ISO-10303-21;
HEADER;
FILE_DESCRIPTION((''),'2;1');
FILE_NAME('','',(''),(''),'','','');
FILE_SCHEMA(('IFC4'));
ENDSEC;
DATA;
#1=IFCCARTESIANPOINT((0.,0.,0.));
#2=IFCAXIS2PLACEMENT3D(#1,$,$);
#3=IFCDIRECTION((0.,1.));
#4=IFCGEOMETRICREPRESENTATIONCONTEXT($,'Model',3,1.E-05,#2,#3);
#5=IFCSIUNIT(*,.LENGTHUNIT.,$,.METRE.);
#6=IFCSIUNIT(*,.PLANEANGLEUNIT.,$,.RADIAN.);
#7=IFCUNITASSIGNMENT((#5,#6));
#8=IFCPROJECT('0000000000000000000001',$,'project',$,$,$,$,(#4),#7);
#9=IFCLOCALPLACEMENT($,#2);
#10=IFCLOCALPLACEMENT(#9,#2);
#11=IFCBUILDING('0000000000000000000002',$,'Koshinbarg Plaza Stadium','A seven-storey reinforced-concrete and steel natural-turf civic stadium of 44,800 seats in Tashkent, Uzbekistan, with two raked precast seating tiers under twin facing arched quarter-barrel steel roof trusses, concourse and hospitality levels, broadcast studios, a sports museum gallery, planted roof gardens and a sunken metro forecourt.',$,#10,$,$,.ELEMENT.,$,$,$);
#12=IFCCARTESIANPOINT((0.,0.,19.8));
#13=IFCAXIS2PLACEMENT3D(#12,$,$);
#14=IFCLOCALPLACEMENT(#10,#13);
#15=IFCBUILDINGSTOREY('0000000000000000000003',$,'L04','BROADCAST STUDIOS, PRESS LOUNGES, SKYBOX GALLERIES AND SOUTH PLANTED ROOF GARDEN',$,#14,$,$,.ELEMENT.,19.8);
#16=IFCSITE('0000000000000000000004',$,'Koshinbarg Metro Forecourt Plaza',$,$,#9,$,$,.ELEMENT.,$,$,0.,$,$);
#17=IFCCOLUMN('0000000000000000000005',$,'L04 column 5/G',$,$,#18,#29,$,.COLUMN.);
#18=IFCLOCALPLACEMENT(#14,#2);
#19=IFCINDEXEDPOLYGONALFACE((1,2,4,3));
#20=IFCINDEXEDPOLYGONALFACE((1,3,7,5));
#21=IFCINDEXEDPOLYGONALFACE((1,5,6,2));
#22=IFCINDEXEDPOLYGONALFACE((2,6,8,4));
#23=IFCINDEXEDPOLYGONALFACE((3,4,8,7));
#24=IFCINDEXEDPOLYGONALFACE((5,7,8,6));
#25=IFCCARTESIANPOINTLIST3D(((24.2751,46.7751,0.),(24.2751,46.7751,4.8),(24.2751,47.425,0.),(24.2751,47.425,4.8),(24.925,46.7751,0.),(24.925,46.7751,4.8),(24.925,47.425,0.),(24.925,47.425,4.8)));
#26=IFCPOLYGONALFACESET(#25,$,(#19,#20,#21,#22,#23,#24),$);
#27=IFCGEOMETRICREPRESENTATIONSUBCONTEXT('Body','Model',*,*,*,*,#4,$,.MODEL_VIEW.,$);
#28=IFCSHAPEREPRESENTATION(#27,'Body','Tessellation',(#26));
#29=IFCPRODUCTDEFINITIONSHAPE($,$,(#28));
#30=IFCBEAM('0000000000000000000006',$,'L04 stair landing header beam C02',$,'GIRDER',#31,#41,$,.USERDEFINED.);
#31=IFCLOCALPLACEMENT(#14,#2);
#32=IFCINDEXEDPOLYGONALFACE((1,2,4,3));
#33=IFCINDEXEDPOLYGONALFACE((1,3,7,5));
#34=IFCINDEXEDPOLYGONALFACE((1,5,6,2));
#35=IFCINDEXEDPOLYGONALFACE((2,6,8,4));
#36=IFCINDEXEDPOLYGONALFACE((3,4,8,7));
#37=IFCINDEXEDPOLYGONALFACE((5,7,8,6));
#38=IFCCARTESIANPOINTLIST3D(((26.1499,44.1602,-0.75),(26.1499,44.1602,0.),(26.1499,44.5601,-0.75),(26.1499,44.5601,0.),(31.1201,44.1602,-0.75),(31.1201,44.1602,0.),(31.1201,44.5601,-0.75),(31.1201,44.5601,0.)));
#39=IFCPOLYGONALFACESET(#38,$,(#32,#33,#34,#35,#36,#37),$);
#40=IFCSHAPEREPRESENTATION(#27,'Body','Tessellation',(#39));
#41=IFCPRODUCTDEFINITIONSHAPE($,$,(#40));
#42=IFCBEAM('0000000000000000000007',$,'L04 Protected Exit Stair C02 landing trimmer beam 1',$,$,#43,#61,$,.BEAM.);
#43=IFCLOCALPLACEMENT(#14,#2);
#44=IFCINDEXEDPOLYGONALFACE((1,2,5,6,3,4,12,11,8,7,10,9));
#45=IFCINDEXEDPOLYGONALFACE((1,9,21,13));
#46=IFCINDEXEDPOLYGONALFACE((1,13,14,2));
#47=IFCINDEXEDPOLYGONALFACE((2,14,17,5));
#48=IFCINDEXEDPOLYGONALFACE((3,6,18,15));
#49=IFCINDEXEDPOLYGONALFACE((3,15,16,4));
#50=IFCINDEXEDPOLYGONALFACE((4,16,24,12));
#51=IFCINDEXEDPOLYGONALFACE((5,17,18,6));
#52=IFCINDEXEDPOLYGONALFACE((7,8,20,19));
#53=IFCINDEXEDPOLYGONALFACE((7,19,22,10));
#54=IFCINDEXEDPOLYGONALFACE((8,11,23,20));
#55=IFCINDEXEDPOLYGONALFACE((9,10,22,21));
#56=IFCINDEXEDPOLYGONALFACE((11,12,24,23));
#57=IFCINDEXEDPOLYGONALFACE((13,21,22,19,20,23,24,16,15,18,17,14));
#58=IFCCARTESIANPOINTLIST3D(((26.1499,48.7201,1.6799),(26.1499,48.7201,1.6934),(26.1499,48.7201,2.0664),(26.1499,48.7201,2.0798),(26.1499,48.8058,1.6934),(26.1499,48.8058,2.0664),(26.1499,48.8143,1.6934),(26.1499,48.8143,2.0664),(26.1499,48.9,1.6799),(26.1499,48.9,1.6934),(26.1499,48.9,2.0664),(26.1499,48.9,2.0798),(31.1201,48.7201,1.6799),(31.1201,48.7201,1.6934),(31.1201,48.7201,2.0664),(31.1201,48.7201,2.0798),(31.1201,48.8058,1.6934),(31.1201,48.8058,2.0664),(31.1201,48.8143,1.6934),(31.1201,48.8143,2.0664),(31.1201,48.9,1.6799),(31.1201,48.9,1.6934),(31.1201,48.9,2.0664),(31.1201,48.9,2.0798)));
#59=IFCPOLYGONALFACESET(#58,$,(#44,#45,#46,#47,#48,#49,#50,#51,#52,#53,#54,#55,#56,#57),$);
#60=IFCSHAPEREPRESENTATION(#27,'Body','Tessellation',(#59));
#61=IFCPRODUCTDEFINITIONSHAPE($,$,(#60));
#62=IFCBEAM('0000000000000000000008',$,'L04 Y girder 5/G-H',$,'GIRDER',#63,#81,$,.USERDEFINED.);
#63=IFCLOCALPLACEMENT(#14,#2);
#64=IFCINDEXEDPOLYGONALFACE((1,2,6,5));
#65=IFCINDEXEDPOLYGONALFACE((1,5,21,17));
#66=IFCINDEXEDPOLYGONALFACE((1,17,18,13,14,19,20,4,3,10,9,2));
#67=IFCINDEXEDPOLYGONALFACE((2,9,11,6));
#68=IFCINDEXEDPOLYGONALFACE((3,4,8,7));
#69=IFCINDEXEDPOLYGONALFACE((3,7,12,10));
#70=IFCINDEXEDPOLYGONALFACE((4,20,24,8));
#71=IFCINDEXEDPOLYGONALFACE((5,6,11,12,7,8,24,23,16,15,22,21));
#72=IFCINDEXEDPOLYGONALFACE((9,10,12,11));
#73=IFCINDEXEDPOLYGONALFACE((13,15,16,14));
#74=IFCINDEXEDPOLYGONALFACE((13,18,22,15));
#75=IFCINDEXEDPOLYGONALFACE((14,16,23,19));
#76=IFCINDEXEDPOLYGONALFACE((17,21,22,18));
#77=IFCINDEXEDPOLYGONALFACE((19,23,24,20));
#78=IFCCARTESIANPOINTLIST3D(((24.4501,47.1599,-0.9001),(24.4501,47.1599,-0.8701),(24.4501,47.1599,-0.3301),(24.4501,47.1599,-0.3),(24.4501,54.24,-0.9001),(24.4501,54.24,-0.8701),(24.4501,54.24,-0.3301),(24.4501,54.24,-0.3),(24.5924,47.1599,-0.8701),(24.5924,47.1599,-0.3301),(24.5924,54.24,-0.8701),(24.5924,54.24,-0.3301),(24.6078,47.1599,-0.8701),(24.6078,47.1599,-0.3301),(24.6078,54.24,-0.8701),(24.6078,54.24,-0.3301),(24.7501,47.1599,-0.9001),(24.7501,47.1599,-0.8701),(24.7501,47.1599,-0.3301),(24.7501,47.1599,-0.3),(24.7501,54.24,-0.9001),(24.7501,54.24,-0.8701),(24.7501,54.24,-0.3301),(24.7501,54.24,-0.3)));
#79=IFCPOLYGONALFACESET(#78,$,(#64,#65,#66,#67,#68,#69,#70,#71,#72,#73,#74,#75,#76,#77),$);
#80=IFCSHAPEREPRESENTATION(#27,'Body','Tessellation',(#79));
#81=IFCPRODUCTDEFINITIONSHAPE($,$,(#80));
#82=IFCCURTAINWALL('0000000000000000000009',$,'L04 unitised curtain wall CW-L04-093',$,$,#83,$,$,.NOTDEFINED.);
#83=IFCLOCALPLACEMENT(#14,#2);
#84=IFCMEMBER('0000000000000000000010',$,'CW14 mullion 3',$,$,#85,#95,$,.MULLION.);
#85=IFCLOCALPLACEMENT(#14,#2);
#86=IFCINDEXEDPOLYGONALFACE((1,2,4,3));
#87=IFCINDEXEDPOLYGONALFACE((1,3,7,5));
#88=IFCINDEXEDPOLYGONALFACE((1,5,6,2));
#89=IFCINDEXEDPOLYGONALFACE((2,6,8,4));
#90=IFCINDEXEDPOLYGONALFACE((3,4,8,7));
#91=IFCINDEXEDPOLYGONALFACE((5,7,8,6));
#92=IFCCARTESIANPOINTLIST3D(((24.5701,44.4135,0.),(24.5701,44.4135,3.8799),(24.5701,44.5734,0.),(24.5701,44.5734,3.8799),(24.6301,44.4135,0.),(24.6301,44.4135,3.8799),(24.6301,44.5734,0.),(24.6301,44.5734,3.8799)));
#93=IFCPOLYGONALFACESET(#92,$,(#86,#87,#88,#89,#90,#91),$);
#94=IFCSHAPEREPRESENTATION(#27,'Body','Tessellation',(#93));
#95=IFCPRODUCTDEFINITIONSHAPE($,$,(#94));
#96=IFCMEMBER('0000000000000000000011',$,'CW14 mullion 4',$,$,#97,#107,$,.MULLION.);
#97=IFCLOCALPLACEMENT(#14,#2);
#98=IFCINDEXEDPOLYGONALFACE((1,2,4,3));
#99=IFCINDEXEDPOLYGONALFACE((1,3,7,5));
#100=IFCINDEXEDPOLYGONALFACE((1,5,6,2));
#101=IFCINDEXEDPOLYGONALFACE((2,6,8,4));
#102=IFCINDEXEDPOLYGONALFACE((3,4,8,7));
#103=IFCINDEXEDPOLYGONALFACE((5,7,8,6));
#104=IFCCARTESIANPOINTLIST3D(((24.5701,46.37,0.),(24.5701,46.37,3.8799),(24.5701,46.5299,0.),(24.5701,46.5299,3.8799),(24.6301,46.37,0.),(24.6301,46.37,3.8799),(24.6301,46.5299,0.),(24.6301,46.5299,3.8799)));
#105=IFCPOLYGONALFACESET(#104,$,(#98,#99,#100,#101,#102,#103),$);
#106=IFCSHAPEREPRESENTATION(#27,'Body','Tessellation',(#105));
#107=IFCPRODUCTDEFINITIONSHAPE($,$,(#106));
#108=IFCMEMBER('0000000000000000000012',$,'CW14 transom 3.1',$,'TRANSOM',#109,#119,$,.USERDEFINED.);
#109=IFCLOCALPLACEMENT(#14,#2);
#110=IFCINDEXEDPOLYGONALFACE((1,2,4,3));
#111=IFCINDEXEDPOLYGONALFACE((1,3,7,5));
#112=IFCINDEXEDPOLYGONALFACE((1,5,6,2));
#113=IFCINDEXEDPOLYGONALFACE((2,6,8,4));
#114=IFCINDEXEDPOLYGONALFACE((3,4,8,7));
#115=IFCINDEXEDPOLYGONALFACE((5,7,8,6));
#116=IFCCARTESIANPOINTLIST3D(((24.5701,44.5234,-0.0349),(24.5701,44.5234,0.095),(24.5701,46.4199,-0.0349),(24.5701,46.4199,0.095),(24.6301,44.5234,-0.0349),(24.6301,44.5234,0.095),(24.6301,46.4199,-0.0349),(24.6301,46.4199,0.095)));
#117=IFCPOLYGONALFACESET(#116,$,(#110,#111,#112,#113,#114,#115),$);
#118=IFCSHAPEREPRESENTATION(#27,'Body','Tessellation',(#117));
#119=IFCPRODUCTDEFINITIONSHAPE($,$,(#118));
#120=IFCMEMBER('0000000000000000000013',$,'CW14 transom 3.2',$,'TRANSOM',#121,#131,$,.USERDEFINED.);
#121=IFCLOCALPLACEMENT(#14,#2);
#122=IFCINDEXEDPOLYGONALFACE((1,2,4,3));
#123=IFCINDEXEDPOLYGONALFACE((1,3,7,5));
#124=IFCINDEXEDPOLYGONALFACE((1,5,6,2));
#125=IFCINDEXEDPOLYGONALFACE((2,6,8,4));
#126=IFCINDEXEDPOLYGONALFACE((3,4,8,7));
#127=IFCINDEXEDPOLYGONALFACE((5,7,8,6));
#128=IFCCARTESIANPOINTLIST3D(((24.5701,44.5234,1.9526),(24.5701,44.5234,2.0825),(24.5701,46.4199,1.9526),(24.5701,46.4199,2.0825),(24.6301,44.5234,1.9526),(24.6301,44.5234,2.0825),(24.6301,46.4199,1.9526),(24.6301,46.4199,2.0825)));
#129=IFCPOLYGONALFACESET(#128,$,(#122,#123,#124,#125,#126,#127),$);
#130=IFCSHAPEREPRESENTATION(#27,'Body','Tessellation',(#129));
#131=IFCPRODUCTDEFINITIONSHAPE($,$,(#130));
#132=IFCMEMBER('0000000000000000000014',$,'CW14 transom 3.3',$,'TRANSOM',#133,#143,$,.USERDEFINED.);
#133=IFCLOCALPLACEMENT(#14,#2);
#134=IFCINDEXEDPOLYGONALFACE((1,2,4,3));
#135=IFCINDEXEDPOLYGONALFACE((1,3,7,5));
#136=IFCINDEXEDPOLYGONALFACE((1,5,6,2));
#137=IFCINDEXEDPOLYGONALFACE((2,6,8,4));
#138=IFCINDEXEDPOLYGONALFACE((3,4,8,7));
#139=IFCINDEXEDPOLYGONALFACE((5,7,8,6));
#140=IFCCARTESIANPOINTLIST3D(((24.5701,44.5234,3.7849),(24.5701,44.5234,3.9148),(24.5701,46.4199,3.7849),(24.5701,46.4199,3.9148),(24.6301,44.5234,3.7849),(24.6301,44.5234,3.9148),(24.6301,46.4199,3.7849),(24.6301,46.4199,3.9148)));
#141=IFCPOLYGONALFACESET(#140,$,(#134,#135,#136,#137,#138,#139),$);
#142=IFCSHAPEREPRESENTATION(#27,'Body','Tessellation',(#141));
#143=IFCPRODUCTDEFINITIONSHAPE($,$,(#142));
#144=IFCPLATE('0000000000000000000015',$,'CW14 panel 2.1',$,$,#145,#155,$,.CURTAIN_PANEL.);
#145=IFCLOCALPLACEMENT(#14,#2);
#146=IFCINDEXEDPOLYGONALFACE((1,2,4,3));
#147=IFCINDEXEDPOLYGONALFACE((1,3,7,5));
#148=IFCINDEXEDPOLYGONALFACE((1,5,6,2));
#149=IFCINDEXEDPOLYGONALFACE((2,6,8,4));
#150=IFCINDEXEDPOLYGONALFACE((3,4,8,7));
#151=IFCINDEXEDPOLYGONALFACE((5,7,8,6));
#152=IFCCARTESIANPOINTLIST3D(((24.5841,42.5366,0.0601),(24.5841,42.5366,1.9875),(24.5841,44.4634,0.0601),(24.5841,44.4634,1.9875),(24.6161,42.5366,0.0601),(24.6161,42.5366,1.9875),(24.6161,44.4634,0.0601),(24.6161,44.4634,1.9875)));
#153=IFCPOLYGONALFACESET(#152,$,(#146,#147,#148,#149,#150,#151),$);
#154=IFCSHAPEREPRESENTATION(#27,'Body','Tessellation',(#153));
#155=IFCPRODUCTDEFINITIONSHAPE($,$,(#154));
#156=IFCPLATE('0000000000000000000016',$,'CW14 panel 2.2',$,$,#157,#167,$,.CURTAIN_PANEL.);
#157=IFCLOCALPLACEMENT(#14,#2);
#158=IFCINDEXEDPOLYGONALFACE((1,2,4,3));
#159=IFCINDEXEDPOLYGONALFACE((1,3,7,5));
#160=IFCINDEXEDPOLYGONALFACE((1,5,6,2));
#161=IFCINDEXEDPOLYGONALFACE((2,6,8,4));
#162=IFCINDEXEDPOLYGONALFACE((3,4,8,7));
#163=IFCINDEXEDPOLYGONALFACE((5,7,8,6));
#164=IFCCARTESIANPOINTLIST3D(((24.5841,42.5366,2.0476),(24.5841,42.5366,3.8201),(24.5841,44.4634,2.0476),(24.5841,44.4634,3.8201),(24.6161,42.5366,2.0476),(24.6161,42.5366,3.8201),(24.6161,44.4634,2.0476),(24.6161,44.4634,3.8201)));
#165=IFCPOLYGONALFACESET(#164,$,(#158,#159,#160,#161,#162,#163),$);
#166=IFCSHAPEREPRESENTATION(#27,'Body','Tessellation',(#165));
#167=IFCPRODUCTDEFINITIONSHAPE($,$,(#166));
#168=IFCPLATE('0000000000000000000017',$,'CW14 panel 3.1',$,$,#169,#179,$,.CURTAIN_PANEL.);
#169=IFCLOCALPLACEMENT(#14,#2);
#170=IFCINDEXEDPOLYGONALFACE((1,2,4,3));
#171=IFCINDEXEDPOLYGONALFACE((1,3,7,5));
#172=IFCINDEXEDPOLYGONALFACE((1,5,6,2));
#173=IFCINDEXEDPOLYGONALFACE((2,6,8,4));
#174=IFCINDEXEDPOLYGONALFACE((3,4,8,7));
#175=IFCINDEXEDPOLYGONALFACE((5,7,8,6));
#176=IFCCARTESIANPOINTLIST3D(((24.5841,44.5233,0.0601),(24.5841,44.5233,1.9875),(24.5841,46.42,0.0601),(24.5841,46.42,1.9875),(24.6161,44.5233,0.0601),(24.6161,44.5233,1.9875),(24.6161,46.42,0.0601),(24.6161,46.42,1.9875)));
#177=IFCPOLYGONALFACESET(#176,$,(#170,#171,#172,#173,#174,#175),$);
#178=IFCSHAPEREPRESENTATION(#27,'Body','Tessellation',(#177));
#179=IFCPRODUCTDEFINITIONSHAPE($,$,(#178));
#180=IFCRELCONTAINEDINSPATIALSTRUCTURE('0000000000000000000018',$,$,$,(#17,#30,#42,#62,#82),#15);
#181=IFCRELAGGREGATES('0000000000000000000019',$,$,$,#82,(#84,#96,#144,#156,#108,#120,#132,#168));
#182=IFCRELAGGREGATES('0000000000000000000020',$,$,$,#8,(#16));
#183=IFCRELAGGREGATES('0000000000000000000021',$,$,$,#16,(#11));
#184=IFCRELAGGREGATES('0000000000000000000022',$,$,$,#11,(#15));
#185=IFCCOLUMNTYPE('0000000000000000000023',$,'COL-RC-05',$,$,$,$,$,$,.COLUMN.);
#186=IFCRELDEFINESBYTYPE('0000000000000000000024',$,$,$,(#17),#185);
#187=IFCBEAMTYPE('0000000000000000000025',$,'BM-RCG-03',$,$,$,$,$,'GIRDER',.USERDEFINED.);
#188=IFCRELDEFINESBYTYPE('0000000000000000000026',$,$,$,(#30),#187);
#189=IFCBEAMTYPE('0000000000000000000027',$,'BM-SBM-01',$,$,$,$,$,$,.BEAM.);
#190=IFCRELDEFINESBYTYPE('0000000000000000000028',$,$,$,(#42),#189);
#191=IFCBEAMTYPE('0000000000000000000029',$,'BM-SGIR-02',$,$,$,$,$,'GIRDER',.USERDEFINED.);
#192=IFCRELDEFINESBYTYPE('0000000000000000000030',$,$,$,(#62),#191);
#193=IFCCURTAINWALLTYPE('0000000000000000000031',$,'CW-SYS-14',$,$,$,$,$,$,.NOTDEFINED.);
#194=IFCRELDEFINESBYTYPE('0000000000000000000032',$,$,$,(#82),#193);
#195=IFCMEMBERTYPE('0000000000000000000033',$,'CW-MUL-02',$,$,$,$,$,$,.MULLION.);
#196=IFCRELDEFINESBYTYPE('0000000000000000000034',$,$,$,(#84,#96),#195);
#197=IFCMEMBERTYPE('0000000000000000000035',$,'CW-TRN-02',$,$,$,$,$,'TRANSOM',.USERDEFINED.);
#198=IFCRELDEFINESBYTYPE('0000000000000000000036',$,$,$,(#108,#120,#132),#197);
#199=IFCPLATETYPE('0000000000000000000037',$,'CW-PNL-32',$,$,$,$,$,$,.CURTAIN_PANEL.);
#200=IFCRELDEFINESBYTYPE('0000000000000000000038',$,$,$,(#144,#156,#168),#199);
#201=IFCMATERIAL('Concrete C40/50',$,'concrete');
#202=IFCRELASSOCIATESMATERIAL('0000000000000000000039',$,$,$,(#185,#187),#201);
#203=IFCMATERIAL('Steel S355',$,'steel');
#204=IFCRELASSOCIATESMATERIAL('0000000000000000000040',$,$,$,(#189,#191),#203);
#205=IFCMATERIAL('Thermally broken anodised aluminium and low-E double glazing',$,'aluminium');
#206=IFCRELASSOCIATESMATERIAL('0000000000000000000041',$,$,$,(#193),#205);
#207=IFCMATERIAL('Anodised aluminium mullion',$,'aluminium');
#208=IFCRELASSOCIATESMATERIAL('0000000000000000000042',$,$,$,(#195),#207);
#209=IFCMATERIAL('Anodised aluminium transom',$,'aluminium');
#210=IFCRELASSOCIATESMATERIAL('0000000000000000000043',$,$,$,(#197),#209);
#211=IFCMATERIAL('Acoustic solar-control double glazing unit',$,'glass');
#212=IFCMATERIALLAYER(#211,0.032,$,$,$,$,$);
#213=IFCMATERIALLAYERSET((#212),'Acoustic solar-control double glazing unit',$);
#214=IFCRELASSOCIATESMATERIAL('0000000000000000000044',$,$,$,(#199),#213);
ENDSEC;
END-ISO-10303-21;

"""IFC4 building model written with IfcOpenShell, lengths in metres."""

from ifc_helpers import new_model, si_unit, direction, frame, origin, origin_2d, place, context, subcontext, project, spatial, rectangle, i_section, extrude, material, layer, layer_set, material_profile, profile_set, type_object, element, aggregate, save


model = new_model("IFC4")

# Units and contexts
model_context = context("Model", 3, precision=1e-05, world=origin(), true_north=direction((0.0, 1.0)))
body_context = subcontext(model_context, "Body", "Model", "MODEL_VIEW")
ifc_project = project(units=[si_unit("LENGTHUNIT", "METRE"), si_unit("PLANEANGLEUNIT", "RADIAN")], contexts=[model_context])

# Site, building, storey
site_placement = place(None, origin())
site = spatial("IfcSite", under=ifc_project, at=site_placement, Name="Koshinbarg Metro Forecourt Plaza", CompositionType="ELEMENT", RefElevation=0.0)
building_placement = place(site_placement, origin())
building = spatial("IfcBuilding", under=site, at=building_placement, Name="Koshinbarg Plaza Stadium", Description="A seven-storey reinforced-concrete and steel natural-turf civic stadium of 44,800 seats in Tashkent, Uzbekistan, with two raked precast seating tiers under twin facing arched quarter-barrel steel roof trusses, concourse and hospitality levels, broadcast studios, a sports museum gallery, planted roof gardens and a sunken metro forecourt.", CompositionType="ELEMENT")
storey_placement = place(building_placement, frame((0.0, 0.0, 19.8)))
storey = spatial("IfcBuildingStorey", under=building, at=storey_placement, Name="L04", Description="BROADCAST STUDIOS, PRESS LOUNGES, SKYBOX GALLERIES AND SOUTH PLANTED ROOF GARDEN", CompositionType="ELEMENT", Elevation=19.8)

# Column
ifc_material_1 = material(Name="Concrete C40/50", Category="concrete")
ifc_material_profile_1 = material_profile(ifc_material_1, rectangle(XDim=0.6499, YDim=0.6499, at=origin_2d()), Name="RC 650x650")
ifc_profile_set_1 = profile_set([ifc_material_profile_1], Name="Concrete C40/50")
column_type = type_object("IfcColumnType", Name="COL-RC-05", PredefinedType="COLUMN", material=ifc_profile_set_1)
column_placement = place(storey_placement, frame((24.6001, 47.1001, 0.0), z_axis=(0.0, 0.0, 1.0), x_axis=(1.0, 0.0, 0.0)))
element("IfcColumn", 1, at=column_placement, inside=storey, type_object=column_type, Name="L04 column 5/G", PredefinedType="COLUMN", context=body_context, shape_type="SweptSolid", body=[
    extrude(rectangle(XDim=0.6499, YDim=0.6499, at=origin_2d()), origin(), (0.0, 0.0, 1.0), 4.8),
])

# Beams
ifc_material_profile_2 = material_profile(ifc_material_1, rectangle(XDim=0.3999, YDim=0.75, at=origin_2d()), Name="RC 400x750")
ifc_profile_set_2 = profile_set([ifc_material_profile_2], Name="Concrete C40/50")
beam_type_1 = type_object("IfcBeamType", Name="BM-RCG-03", ElementType="GIRDER", PredefinedType="USERDEFINED", material=ifc_profile_set_2)
beam_1_placement = place(storey_placement, frame((26.1499, 44.3601, -0.375), z_axis=(1.0, 0.0, 0.0), x_axis=(0.0, 1.0, 0.0)))
element("IfcBeam", 2, at=beam_1_placement, inside=storey, type_object=beam_type_1, Name="L04 stair landing header beam C02", ObjectType="GIRDER", PredefinedType="USERDEFINED", context=body_context, shape_type="SweptSolid", body=[
    extrude(rectangle(XDim=0.3999, YDim=0.75, at=origin_2d()), origin(), (0.0, 0.0, 1.0), 4.9702),
])
ifc_material_2 = material(Name="Steel S355", Category="steel")
ifc_material_profile_3 = material_profile(ifc_material_2, i_section(OverallWidth=0.1799, OverallDepth=0.3999, WebThickness=0.0085, FlangeThickness=0.0134, at=origin_2d()), Name="IPE 400")
ifc_profile_set_3 = profile_set([ifc_material_profile_3], Name="Steel S355")
beam_type_2 = type_object("IfcBeamType", Name="BM-SBM-01", PredefinedType="BEAM", material=ifc_profile_set_3)
beam_2_placement = place(storey_placement, frame((26.1499, 48.8101, 1.8799), z_axis=(1.0, 0.0, 0.0), x_axis=(0.0, 1.0, 0.0)))
element("IfcBeam", 3, at=beam_2_placement, inside=storey, type_object=beam_type_2, Name="L04 Protected Exit Stair C02 landing trimmer beam 1", PredefinedType="BEAM", context=body_context, shape_type="SweptSolid", body=[
    extrude(i_section(OverallWidth=0.1799, OverallDepth=0.3999, WebThickness=0.0085, FlangeThickness=0.0134, at=origin_2d()), origin(), (0.0, 0.0, 1.0), 4.9702),
])
ifc_material_profile_4 = material_profile(ifc_material_2, i_section(OverallWidth=0.3, OverallDepth=0.6001, WebThickness=0.0154, FlangeThickness=0.03, at=origin_2d()), Name="HEB 600")
ifc_profile_set_4 = profile_set([ifc_material_profile_4], Name="Steel S355")
beam_type_3 = type_object("IfcBeamType", Name="BM-SGIR-02", ElementType="GIRDER", PredefinedType="USERDEFINED", material=ifc_profile_set_4)
beam_3_placement = place(storey_placement, frame((24.6001, 47.1599, -0.6001), z_axis=(0.0, 1.0, 0.0), x_axis=(-1.0, 0.0, 0.0)))
element("IfcBeam", 4, at=beam_3_placement, inside=storey, type_object=beam_type_3, Name="L04 Y girder 5/G-H", ObjectType="GIRDER", PredefinedType="USERDEFINED", context=body_context, shape_type="SweptSolid", body=[
    extrude(i_section(OverallWidth=0.3, OverallDepth=0.6001, WebThickness=0.0154, FlangeThickness=0.03, at=origin_2d()), origin(), (0.0, 0.0, 1.0), 7.0801),
])

# Curtain wall, members, plates
ifc_material_3 = material(Name="Thermally broken anodised aluminium and low-E double glazing", Category="aluminium")
curtain_wall_type = type_object("IfcCurtainWallType", Name="CW-SYS-14", PredefinedType="NOTDEFINED", material=ifc_material_3)
curtain_wall_placement = place(storey_placement, origin())
curtain_wall = element("IfcCurtainWall", 5, at=curtain_wall_placement, inside=storey, type_object=curtain_wall_type, Name="L04 unitised curtain wall CW-L04-093", PredefinedType="NOTDEFINED")
ifc_material_4 = material(Name="Anodised aluminium mullion", Category="aluminium")
ifc_material_profile_5 = material_profile(ifc_material_4, rectangle(XDim=0.0601, YDim=0.1599, at=origin_2d()), Name="ALU 60x160")
ifc_profile_set_5 = profile_set([ifc_material_profile_5], Name="Anodised aluminium mullion")
member_type_1 = type_object("IfcMemberType", Name="CW-MUL-02", PredefinedType="MULLION", material=ifc_profile_set_5)
member_1_placement = place(storey_placement, frame((24.6001, 44.4934, 0.0), z_axis=(0.0, 0.0, 1.0), x_axis=(-1.0, 0.0, 0.0)))
member_1 = element("IfcMember", 6, at=member_1_placement, type_object=member_type_1, Name="CW14 mullion 3", PredefinedType="MULLION", context=body_context, shape_type="SweptSolid", body=[
    extrude(rectangle(XDim=0.0601, YDim=0.1599, at=origin_2d()), origin(), (0.0, 0.0, 1.0), 3.8799),
])
member_2_placement = place(storey_placement, frame((24.6001, 46.45, 0.0), z_axis=(0.0, 0.0, 1.0), x_axis=(-1.0, 0.0, 0.0)))
member_2 = element("IfcMember", 7, at=member_2_placement, type_object=member_type_1, Name="CW14 mullion 4", PredefinedType="MULLION", context=body_context, shape_type="SweptSolid", body=[
    extrude(rectangle(XDim=0.0601, YDim=0.1599, at=origin_2d()), origin(), (0.0, 0.0, 1.0), 3.8799),
])
ifc_material_5 = material(Name="Anodised aluminium transom", Category="aluminium")
ifc_material_profile_6 = material_profile(ifc_material_5, rectangle(XDim=0.0601, YDim=0.1299, at=origin_2d()), Name="ALU 60x130")
ifc_profile_set_6 = profile_set([ifc_material_profile_6], Name="Anodised aluminium transom")
member_type_2 = type_object("IfcMemberType", Name="CW-TRN-02", ElementType="TRANSOM", PredefinedType="USERDEFINED", material=ifc_profile_set_6)
member_3_placement = place(storey_placement, frame((24.6001, 44.5234, 0.03), z_axis=(0.0, 1.0, 0.0), x_axis=(-1.0, 0.0, 0.0)))
member_3 = element("IfcMember", 8, at=member_3_placement, type_object=member_type_2, Name="CW14 transom 3.1", ObjectType="TRANSOM", PredefinedType="USERDEFINED", context=body_context, shape_type="SweptSolid", body=[
    extrude(rectangle(XDim=0.0601, YDim=0.1299, at=origin_2d()), origin(), (0.0, 0.0, 1.0), 1.8965),
])
member_4_placement = place(storey_placement, frame((24.6001, 44.5234, 2.0176), z_axis=(0.0, 1.0, 0.0), x_axis=(-1.0, 0.0, 0.0)))
member_4 = element("IfcMember", 9, at=member_4_placement, type_object=member_type_2, Name="CW14 transom 3.2", ObjectType="TRANSOM", PredefinedType="USERDEFINED", context=body_context, shape_type="SweptSolid", body=[
    extrude(rectangle(XDim=0.0601, YDim=0.1299, at=origin_2d()), origin(), (0.0, 0.0, 1.0), 1.8965),
])
member_5_placement = place(storey_placement, frame((24.6001, 44.5234, 3.8499), z_axis=(0.0, 1.0, 0.0), x_axis=(-1.0, 0.0, 0.0)))
member_5 = element("IfcMember", 10, at=member_5_placement, type_object=member_type_2, Name="CW14 transom 3.3", ObjectType="TRANSOM", PredefinedType="USERDEFINED", context=body_context, shape_type="SweptSolid", body=[
    extrude(rectangle(XDim=0.0601, YDim=0.1299, at=origin_2d()), origin(), (0.0, 0.0, 1.0), 1.8965),
])
ifc_material_6 = material(Name="Acoustic solar-control double glazing unit", Category="glass")
ifc_layer_1 = layer(ifc_material_6, 0.032)
ifc_layer_set_1 = layer_set([ifc_layer_1], Name="Acoustic solar-control double glazing unit")
plate_type_1 = type_object("IfcPlateType", Name="CW-PNL-32", PredefinedType="CURTAIN_PANEL", material=ifc_layer_set_1)
plate_1_placement = place(storey_placement, frame((24.6001, 43.5, 0.0601), z_axis=(0.0, 0.0, 1.0), x_axis=(0.0, 1.0, 0.0)))
plate_1 = element("IfcPlate", 11, at=plate_1_placement, type_object=plate_type_1, Name="CW14 panel 2.1", PredefinedType="CURTAIN_PANEL", context=body_context, shape_type="SweptSolid", body=[
    extrude(rectangle(XDim=1.9268, YDim=0.032, at=origin_2d()), origin(), (0.0, 0.0, 1.0), 1.9275),
])
plate_2_placement = place(storey_placement, frame((24.6001, 43.5, 2.0476), z_axis=(0.0, 0.0, 1.0), x_axis=(0.0, 1.0, 0.0)))
plate_2 = element("IfcPlate", 12, at=plate_2_placement, type_object=plate_type_1, Name="CW14 panel 2.2", PredefinedType="CURTAIN_PANEL", context=body_context, shape_type="SweptSolid", body=[
    extrude(rectangle(XDim=1.9268, YDim=0.032, at=origin_2d()), origin(), (0.0, 0.0, 1.0), 1.7725),
])
plate_3_placement = place(storey_placement, frame((24.6001, 45.4717, 0.0601), z_axis=(0.0, 0.0, 1.0), x_axis=(0.0, 1.0, 0.0)))
plate_3 = element("IfcPlate", 13, at=plate_3_placement, type_object=plate_type_1, Name="CW14 panel 3.1", PredefinedType="CURTAIN_PANEL", context=body_context, shape_type="SweptSolid", body=[
    extrude(rectangle(XDim=1.8967, YDim=0.032, at=origin_2d()), origin(), (0.0, 0.0, 1.0), 1.9275),
])
aggregate(curtain_wall, [member_1, member_2, plate_1, plate_2, member_3, member_4, member_5, plate_3])

save(model, "model.ifc")
